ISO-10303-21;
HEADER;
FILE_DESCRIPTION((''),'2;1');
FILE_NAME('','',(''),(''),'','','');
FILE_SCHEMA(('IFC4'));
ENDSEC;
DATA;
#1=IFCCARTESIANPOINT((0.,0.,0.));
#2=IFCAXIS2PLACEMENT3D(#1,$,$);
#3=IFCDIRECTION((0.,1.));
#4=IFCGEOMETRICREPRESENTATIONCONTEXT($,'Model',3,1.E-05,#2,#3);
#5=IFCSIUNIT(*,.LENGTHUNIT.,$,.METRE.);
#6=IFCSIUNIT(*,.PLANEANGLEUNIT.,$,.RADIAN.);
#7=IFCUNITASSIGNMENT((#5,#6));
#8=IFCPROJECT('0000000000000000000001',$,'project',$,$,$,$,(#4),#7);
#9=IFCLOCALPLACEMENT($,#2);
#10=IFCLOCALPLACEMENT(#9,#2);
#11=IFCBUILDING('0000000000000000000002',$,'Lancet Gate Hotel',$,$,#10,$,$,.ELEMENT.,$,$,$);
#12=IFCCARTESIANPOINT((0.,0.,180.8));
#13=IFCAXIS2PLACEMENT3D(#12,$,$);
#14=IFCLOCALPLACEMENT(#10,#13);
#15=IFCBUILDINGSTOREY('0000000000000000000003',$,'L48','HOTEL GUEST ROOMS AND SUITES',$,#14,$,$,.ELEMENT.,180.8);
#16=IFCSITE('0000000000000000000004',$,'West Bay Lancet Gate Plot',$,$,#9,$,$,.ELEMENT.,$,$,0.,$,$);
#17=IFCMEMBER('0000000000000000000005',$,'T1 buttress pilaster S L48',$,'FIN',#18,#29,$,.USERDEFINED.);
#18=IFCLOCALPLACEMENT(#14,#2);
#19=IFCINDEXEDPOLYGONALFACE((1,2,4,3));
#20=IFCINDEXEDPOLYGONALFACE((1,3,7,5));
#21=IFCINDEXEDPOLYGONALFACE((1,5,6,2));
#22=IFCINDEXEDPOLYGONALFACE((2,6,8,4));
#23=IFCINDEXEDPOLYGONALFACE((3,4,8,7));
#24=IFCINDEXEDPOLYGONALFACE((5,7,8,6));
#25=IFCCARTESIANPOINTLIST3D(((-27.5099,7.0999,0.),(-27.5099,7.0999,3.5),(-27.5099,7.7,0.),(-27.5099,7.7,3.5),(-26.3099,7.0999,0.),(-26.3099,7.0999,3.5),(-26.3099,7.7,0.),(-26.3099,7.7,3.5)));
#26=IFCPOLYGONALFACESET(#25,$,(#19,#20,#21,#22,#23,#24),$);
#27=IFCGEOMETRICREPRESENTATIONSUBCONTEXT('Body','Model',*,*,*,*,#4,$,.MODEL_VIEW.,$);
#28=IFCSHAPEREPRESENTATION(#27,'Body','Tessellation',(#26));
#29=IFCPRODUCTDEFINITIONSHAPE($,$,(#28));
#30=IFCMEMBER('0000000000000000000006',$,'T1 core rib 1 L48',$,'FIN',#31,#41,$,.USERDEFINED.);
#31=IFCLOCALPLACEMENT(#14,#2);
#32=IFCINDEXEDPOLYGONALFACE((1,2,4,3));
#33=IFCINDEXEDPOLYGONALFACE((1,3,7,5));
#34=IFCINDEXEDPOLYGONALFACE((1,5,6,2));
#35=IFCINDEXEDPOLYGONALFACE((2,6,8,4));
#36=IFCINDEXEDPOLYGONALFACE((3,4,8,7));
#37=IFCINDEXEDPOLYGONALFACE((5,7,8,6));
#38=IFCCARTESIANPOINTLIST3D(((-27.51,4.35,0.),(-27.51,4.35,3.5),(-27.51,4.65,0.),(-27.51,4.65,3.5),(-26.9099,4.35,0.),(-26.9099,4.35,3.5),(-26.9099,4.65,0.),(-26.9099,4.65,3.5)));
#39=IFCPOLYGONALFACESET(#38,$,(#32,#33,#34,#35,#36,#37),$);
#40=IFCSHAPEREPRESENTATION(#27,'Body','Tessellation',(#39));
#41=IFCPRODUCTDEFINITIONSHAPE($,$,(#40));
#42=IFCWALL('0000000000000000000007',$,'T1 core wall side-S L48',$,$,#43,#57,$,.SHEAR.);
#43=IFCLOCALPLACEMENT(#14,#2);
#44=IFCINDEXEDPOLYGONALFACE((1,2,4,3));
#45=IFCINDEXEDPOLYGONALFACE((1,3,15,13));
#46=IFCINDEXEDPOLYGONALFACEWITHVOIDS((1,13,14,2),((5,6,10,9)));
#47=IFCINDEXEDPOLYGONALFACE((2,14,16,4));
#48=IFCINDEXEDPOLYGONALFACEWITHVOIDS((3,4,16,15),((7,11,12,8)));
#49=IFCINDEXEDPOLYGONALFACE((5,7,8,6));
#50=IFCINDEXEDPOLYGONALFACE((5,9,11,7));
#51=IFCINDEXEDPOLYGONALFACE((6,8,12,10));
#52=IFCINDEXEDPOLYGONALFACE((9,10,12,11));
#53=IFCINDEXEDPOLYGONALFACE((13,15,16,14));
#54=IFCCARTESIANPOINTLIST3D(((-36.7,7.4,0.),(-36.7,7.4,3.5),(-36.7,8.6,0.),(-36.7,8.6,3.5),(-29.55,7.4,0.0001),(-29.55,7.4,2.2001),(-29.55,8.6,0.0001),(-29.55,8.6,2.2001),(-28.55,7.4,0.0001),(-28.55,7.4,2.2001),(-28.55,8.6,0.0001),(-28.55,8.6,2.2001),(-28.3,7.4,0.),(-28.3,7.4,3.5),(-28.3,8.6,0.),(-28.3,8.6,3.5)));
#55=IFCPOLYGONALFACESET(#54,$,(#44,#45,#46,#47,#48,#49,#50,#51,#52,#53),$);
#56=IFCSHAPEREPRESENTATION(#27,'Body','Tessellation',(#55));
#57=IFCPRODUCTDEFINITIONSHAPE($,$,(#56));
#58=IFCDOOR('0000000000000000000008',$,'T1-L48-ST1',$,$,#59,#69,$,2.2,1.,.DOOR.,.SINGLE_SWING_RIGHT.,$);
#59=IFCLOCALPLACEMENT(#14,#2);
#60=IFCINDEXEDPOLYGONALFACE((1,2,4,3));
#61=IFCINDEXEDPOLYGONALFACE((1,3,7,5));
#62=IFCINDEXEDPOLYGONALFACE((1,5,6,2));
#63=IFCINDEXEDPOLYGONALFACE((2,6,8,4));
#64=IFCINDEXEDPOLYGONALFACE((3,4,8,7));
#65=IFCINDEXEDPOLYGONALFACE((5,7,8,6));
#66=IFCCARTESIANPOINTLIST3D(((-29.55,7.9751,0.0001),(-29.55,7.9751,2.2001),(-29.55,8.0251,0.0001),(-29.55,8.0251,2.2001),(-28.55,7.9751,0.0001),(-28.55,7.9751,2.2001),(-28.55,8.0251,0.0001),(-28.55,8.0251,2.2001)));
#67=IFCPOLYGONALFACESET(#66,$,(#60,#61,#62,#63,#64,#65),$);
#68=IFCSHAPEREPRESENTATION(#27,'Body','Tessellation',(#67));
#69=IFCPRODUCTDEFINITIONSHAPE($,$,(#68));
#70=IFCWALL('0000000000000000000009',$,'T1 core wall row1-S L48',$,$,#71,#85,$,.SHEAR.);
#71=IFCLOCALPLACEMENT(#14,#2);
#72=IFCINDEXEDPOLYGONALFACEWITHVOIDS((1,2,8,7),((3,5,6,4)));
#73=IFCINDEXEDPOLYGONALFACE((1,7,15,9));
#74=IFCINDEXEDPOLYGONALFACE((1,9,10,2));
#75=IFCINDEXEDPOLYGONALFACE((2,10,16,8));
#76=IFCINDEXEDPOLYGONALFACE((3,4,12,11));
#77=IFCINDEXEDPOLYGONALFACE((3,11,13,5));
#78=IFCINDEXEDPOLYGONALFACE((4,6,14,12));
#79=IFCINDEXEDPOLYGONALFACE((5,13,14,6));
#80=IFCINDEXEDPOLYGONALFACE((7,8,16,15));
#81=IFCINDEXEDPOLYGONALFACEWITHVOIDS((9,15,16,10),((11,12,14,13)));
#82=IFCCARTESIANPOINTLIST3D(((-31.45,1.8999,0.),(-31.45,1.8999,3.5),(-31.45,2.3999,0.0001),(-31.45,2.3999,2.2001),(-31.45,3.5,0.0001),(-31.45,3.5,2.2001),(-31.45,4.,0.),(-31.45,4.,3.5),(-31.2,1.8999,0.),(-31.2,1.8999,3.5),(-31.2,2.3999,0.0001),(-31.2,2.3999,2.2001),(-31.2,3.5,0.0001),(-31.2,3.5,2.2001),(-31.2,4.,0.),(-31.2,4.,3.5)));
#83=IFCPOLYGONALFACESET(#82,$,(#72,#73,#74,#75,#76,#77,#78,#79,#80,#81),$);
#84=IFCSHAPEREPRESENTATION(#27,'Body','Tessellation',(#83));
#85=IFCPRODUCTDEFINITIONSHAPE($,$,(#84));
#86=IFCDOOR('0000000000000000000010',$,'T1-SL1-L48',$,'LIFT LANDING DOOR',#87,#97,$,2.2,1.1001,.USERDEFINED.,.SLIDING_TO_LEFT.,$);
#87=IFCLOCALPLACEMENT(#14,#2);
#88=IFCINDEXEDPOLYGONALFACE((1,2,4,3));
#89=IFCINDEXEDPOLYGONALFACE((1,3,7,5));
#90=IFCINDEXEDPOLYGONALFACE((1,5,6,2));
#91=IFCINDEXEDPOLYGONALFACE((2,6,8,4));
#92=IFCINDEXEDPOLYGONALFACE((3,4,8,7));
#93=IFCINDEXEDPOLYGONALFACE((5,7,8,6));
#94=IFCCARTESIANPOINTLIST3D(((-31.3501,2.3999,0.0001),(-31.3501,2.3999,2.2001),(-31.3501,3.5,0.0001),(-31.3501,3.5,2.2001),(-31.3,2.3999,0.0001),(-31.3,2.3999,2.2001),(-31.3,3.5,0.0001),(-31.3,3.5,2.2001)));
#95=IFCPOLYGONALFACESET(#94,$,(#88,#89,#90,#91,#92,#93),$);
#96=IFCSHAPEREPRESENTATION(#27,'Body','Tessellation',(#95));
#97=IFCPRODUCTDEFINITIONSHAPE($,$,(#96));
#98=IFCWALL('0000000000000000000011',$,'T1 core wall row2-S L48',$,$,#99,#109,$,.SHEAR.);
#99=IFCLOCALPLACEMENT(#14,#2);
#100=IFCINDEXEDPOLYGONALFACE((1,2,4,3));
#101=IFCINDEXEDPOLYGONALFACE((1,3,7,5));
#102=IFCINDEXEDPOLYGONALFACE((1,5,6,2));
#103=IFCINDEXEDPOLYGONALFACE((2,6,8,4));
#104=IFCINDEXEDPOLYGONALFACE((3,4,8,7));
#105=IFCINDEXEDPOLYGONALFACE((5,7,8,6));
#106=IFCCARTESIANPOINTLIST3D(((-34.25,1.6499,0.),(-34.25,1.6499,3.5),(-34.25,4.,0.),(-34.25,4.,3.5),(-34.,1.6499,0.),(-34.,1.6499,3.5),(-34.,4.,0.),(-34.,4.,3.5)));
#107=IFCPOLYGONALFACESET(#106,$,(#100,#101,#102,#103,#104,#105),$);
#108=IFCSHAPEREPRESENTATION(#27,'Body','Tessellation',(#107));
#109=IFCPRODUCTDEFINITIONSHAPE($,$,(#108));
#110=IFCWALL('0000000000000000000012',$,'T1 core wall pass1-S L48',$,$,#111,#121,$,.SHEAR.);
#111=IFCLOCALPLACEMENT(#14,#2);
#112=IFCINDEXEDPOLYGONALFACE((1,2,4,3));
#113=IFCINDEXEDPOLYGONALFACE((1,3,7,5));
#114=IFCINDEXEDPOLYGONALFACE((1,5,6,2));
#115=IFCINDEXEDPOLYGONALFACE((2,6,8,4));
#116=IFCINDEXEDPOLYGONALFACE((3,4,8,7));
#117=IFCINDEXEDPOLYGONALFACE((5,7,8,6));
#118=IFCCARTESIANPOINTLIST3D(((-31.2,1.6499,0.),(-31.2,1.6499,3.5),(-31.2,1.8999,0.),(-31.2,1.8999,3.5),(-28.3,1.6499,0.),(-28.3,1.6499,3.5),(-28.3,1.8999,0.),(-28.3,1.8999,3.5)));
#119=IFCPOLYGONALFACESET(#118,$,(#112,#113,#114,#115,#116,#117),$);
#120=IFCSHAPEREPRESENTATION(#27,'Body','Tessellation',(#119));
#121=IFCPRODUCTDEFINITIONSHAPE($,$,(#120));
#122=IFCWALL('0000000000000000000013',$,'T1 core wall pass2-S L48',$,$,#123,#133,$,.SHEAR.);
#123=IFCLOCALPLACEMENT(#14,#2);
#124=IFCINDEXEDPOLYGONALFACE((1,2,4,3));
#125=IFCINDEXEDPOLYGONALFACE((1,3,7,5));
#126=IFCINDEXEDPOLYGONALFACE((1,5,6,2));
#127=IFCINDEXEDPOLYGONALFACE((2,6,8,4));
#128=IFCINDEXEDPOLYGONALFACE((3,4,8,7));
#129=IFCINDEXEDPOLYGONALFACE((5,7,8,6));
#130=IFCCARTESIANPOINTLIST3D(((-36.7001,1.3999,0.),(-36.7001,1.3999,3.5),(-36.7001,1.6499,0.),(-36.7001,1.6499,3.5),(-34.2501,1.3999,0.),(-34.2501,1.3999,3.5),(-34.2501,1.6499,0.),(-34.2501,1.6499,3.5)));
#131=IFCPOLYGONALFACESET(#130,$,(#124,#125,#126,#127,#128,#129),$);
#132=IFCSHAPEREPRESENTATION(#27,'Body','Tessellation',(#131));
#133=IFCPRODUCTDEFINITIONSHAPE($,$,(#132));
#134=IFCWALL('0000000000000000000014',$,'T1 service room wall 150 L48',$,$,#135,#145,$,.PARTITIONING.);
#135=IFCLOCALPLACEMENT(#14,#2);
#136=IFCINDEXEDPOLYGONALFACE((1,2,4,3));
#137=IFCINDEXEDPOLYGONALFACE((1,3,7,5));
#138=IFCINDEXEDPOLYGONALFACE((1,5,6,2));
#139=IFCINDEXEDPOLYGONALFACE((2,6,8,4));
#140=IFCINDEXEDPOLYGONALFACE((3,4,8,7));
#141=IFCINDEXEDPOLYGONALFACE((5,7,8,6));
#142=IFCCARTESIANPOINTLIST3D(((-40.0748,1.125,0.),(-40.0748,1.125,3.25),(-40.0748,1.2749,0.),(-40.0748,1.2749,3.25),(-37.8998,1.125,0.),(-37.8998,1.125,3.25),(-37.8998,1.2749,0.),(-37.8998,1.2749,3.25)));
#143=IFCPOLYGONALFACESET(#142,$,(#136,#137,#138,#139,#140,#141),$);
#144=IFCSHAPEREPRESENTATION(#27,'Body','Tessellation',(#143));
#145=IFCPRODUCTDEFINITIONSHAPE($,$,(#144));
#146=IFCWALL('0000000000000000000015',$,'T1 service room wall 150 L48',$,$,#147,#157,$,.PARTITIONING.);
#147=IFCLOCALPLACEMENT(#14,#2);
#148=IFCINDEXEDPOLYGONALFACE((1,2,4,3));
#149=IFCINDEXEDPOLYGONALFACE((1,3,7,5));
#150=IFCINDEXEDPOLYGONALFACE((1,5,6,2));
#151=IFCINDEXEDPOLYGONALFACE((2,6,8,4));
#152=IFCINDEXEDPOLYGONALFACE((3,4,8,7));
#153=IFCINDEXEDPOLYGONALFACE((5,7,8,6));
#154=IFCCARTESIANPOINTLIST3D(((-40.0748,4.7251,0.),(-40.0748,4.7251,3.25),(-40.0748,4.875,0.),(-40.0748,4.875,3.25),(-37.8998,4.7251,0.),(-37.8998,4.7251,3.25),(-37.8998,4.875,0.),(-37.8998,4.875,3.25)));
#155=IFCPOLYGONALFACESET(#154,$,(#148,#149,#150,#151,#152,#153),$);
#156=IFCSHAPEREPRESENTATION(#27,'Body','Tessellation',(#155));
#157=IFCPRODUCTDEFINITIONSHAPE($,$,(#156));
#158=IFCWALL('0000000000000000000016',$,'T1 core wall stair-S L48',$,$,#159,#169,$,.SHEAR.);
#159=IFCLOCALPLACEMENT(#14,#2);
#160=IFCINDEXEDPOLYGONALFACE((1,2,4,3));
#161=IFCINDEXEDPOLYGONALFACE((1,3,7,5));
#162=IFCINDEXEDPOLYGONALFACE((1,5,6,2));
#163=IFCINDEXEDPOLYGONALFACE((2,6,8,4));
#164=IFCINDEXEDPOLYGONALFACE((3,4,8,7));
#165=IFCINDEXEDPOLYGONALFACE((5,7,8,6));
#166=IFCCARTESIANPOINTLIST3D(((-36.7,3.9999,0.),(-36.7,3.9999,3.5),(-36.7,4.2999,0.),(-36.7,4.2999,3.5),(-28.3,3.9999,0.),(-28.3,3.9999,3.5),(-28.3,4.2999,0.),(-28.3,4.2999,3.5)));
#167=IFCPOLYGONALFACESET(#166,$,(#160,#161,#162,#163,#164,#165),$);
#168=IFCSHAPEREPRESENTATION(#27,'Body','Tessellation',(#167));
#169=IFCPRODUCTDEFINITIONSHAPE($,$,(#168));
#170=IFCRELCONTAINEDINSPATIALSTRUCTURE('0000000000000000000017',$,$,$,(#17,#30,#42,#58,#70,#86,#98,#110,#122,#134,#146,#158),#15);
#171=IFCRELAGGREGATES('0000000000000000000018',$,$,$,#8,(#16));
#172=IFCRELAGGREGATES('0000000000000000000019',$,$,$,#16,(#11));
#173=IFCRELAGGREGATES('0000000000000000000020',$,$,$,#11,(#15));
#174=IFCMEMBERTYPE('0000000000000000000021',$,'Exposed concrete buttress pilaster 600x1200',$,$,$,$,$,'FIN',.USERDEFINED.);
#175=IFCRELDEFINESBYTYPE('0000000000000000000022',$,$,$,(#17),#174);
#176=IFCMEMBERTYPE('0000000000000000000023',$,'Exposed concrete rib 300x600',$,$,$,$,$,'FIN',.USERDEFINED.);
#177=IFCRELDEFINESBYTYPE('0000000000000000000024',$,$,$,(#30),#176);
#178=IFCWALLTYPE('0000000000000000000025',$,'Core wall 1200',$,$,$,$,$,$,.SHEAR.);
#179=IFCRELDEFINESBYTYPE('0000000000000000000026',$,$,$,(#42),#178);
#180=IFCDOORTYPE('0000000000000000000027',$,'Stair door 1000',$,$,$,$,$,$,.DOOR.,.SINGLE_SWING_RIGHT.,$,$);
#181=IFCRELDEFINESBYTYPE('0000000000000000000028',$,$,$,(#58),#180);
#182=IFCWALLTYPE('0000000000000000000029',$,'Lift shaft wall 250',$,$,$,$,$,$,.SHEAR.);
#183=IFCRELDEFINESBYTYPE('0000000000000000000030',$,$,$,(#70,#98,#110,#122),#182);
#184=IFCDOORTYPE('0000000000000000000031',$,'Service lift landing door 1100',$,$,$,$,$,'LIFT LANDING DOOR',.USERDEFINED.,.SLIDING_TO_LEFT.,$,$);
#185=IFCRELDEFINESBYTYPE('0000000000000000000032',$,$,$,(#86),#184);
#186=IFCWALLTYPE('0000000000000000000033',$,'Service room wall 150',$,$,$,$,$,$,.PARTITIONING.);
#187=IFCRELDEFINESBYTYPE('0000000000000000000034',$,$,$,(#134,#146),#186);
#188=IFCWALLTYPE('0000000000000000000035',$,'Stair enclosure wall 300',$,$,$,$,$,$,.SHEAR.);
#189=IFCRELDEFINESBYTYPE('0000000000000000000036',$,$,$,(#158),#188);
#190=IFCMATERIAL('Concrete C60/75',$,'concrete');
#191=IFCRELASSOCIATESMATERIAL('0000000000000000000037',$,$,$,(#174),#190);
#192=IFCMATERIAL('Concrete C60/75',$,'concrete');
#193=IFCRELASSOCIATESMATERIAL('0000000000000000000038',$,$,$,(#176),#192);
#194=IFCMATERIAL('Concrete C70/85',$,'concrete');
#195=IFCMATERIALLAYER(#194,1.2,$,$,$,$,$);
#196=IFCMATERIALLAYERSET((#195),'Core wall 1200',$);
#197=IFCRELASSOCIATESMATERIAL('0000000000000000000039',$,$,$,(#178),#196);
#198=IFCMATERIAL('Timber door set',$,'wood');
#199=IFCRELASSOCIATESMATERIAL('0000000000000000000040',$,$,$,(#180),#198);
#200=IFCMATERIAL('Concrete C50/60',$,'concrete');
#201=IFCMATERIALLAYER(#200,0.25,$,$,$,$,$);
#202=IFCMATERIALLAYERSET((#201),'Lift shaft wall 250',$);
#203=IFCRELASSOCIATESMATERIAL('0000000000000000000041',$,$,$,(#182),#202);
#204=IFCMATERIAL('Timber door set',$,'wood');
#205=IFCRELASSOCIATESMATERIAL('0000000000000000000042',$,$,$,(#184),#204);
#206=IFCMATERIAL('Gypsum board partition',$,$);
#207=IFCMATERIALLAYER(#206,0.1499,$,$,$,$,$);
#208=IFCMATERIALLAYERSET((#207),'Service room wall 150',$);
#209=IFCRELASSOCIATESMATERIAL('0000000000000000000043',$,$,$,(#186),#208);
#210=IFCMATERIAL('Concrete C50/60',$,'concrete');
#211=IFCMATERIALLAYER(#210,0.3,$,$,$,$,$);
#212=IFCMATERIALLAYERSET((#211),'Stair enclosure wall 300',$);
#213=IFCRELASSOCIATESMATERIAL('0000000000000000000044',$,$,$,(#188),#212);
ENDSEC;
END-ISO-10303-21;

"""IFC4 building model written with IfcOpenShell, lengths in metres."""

from ifc_helpers import new_model, si_unit, direction, frame, frame_2d, origin, origin_2d, place, context, subcontext, project, spatial, rectangle, extrude, material, layer, layer_set, material_profile, profile_set, type_object, element, fill, save


model = new_model("IFC4")

# Units and contexts
model_context = context("Model", 3, precision=1e-05, world=origin(), true_north=direction((0.0, 1.0)))
body_context = subcontext(model_context, "Body", "Model", "MODEL_VIEW")
ifc_project = project(units=[si_unit("LENGTHUNIT", "METRE"), si_unit("PLANEANGLEUNIT", "RADIAN")], contexts=[model_context])

# Site, building, storey
site_placement = place(None, origin())
site = spatial("IfcSite", under=ifc_project, at=site_placement, Name="West Bay Lancet Gate Plot", CompositionType="ELEMENT", RefElevation=0.0)
building_placement = place(site_placement, origin())
building = spatial("IfcBuilding", under=site, at=building_placement, Name="Lancet Gate Hotel", CompositionType="ELEMENT")
storey_placement = place(building_placement, frame((0.0, 0.0, 180.8)))
storey = spatial("IfcBuildingStorey", under=building, at=storey_placement, Name="L48", Description="HOTEL GUEST ROOMS AND SUITES", CompositionType="ELEMENT", Elevation=180.8)

# Members
ifc_material_1 = material(Name="Concrete C60/75", Category="concrete")
ifc_material_profile_1 = material_profile(ifc_material_1, rectangle(XDim=0.6001, YDim=1.2, at=origin_2d()), Name="FIN 600x1200")
ifc_profile_set_1 = profile_set([ifc_material_profile_1], Name="Concrete C60/75")
member_type_1 = type_object("IfcMemberType", Name="Exposed concrete buttress pilaster 600x1200", ElementType="FIN", PredefinedType="USERDEFINED", material=ifc_profile_set_1)
member_1_placement = place(storey_placement, frame((-26.9099, 7.3999, 0.0), z_axis=(0.0, 0.0, 1.0), x_axis=(0.0, 1.0, 0.0)))
element("IfcMember", 1, at=member_1_placement, inside=storey, type_object=member_type_1, Name="T1 buttress pilaster S L48", ObjectType="FIN", PredefinedType="USERDEFINED", context=body_context, shape_type="SweptSolid", body=[
    extrude(rectangle(XDim=0.6001, YDim=1.2, at=origin_2d()), origin(), (0.0, 0.0, 1.0), 3.5),
])
ifc_material_2 = material(Name="Concrete C60/75", Category="concrete")
ifc_material_profile_2 = material_profile(ifc_material_2, rectangle(XDim=0.3, YDim=0.6001, at=origin_2d()), Name="FIN 300x600")
ifc_profile_set_2 = profile_set([ifc_material_profile_2], Name="Concrete C60/75")
member_type_2 = type_object("IfcMemberType", Name="Exposed concrete rib 300x600", ElementType="FIN", PredefinedType="USERDEFINED", material=ifc_profile_set_2)
member_2_placement = place(storey_placement, frame((-27.21, 4.5, 0.0), z_axis=(0.0, 0.0, 1.0), x_axis=(0.0, 1.0, 0.0)))
element("IfcMember", 2, at=member_2_placement, inside=storey, type_object=member_type_2, Name="T1 core rib 1 L48", ObjectType="FIN", PredefinedType="USERDEFINED", context=body_context, shape_type="SweptSolid", body=[
    extrude(rectangle(XDim=0.3, YDim=0.6001, at=origin_2d()), origin(), (0.0, 0.0, 1.0), 3.5),
])

# Walls, openings, doors
ifc_material_3 = material(Name="Concrete C70/85", Category="concrete")
ifc_layer_1 = layer(ifc_material_3, 1.2)
ifc_layer_set_1 = layer_set([ifc_layer_1], Name="Core wall 1200")
wall_type_1 = type_object("IfcWallType", Name="Core wall 1200", PredefinedType="SHEAR", material=ifc_layer_set_1)
wall_1_placement = place(storey_placement, frame((-28.3, 8.0, 0.0), z_axis=(0.0, 0.0, 1.0), x_axis=(-1.0, 0.0, 0.0)))
wall_1 = element("IfcWall", 3, at=wall_1_placement, inside=storey, type_object=wall_type_1, Name="T1 core wall side-S L48", PredefinedType="SHEAR", context=body_context, shape_type="SweptSolid", body=[
    extrude(rectangle(XDim=8.3999, YDim=1.2, at=frame_2d((4.2, 0.0))), origin(), (0.0, 0.0, 1.0), 3.5),
])
opening_1_placement = place(wall_1_placement, frame((0.25, 0.0, 0.0)))
opening_1 = element("IfcOpeningElement", 4, at=opening_1_placement, cuts=wall_1, PredefinedType="OPENING", context=body_context, shape_type="SweptSolid", body=[
    extrude(rectangle(XDim=1.0, YDim=2.2, at=frame_2d((0.5, 1.1001))), frame((0.0, 0.6099, 0.0), z_axis=(0.0, -1.0, 0.0), x_axis=(1.0, 0.0, 0.0)), (0.0, 0.0, 1.0), 1.22),
])
ifc_material_4 = material(Name="Timber door set", Category="wood")
door_type_1 = type_object("IfcDoorType", Name="Stair door 1000", OperationType="SINGLE_SWING_RIGHT", PredefinedType="DOOR", material=ifc_material_4)
door_1_placement = place(opening_1_placement, origin())
door_1 = element("IfcDoor", 5, at=door_1_placement, inside=storey, type_object=door_type_1, Name="T1-L48-ST1", OperationType="SINGLE_SWING_RIGHT", OverallHeight=2.2, OverallWidth=1.0, PredefinedType="DOOR", context=body_context, shape_type="SweptSolid", body=[
    extrude(rectangle(XDim=1.0, YDim=2.2, at=frame_2d((0.5, 1.1001))), frame((0.0, 0.0249, 0.0), z_axis=(0.0, -1.0, 0.0), x_axis=(1.0, 0.0, 0.0)), (0.0, 0.0, 1.0), 0.05),
])
fill(opening_1, door_1)
ifc_material_5 = material(Name="Concrete C50/60", Category="concrete")
ifc_layer_2 = layer(ifc_material_5, 0.25)
ifc_layer_set_2 = layer_set([ifc_layer_2], Name="Lift shaft wall 250")
wall_type_2 = type_object("IfcWallType", Name="Lift shaft wall 250", PredefinedType="SHEAR", material=ifc_layer_set_2)
wall_2_placement = place(storey_placement, frame((-31.325, 4.0, 0.0), z_axis=(0.0, 0.0, 1.0), x_axis=(0.0, -1.0, 0.0)))
wall_2 = element("IfcWall", 6, at=wall_2_placement, inside=storey, type_object=wall_type_2, Name="T1 core wall row1-S L48", PredefinedType="SHEAR", context=body_context, shape_type="SweptSolid", body=[
    extrude(rectangle(XDim=2.1001, YDim=0.25, at=frame_2d((1.05, 0.0))), origin(), (0.0, 0.0, 1.0), 3.5),
])
opening_2_placement = place(wall_2_placement, frame((0.5, 0.0, 0.0)))
opening_2 = element("IfcOpeningElement", 7, at=opening_2_placement, cuts=wall_2, PredefinedType="OPENING", context=body_context, shape_type="SweptSolid", body=[
    extrude(rectangle(XDim=1.1001, YDim=2.2, at=frame_2d((0.55, 1.1001))), frame((0.0, 0.135, 0.0), z_axis=(0.0, -1.0, 0.0), x_axis=(1.0, 0.0, 0.0)), (0.0, 0.0, 1.0), 0.27),
])
ifc_material_6 = material(Name="Timber door set", Category="wood")
door_type_2 = type_object("IfcDoorType", Name="Service lift landing door 1100", ElementType="LIFT LANDING DOOR", OperationType="SLIDING_TO_LEFT", PredefinedType="USERDEFINED", material=ifc_material_6)
door_2_placement = place(opening_2_placement, origin())
door_2 = element("IfcDoor", 8, at=door_2_placement, inside=storey, type_object=door_type_2, Name="T1-SL1-L48", ObjectType="LIFT LANDING DOOR", OperationType="SLIDING_TO_LEFT", OverallHeight=2.2, OverallWidth=1.1001, PredefinedType="USERDEFINED", context=body_context, shape_type="SweptSolid", body=[
    extrude(rectangle(XDim=1.1001, YDim=2.2, at=frame_2d((0.55, 1.1001))), frame((0.0, 0.0249, 0.0), z_axis=(0.0, -1.0, 0.0), x_axis=(1.0, 0.0, 0.0)), (0.0, 0.0, 1.0), 0.05),
])
fill(opening_2, door_2)

# Walls
wall_3_placement = place(storey_placement, frame((-34.125, 4.0, 0.0), z_axis=(0.0, 0.0, 1.0), x_axis=(0.0, -1.0, 0.0)))
element("IfcWall", 9, at=wall_3_placement, inside=storey, type_object=wall_type_2, Name="T1 core wall row2-S L48", PredefinedType="SHEAR", context=body_context, shape_type="SweptSolid", body=[
    extrude(rectangle(XDim=2.3501, YDim=0.25, at=frame_2d((1.175, 0.0))), origin(), (0.0, 0.0, 1.0), 3.5),
])
wall_4_placement = place(storey_placement, frame((-28.3, 1.7749, 0.0), z_axis=(0.0, 0.0, 1.0), x_axis=(-1.0, 0.0, 0.0)))
element("IfcWall", 10, at=wall_4_placement, inside=storey, type_object=wall_type_2, Name="T1 core wall pass1-S L48", PredefinedType="SHEAR", context=body_context, shape_type="SweptSolid", body=[
    extrude(rectangle(XDim=2.8999, YDim=0.25, at=frame_2d((1.45, 0.0))), origin(), (0.0, 0.0, 1.0), 3.5),
])
wall_5_placement = place(storey_placement, frame((-34.25, 1.5249, 0.0), z_axis=(0.0, 0.0, 1.0), x_axis=(-1.0, 0.0, 0.0)))
element("IfcWall", 11, at=wall_5_placement, inside=storey, type_object=wall_type_2, Name="T1 core wall pass2-S L48", PredefinedType="SHEAR", context=body_context, shape_type="SweptSolid", body=[
    extrude(rectangle(XDim=2.45, YDim=0.25, at=frame_2d((1.2251, 0.0))), origin(), (0.0, 0.0, 1.0), 3.5),
])
ifc_material_7 = material(Name="Gypsum board partition")
ifc_layer_3 = layer(ifc_material_7, 0.1499)
ifc_layer_set_3 = layer_set([ifc_layer_3], Name="Service room wall 150")
wall_type_3 = type_object("IfcWallType", Name="Service room wall 150", PredefinedType="PARTITIONING", material=ifc_layer_set_3)
for number, where, z_axis, x_axis, name in (
    (12, (-37.8999, 1.2, 0.0), (0.0, 0.0, 1.0), (-1.0, 0.0, 0.0), "T1 service room wall 150 L48"),
    (13, (-37.8999, 4.8, 0.0), (0.0, 0.0, 1.0), (-1.0, 0.0, 0.0), "T1 service room wall 150 L48"),
):
    element("IfcWall", number, at=place(storey_placement, frame(where, z_axis=z_axis, x_axis=x_axis)), inside=storey, type_object=wall_type_3, Name=name, PredefinedType="PARTITIONING", context=body_context, shape_type="SweptSolid", body=[
        extrude(rectangle(XDim=2.175, YDim=0.1499, at=frame_2d((1.0874, 0.0))), origin(), (0.0, 0.0, 1.0), 3.25),
    ])
ifc_material_8 = material(Name="Concrete C50/60", Category="concrete")
ifc_layer_4 = layer(ifc_material_8, 0.3)
ifc_layer_set_4 = layer_set([ifc_layer_4], Name="Stair enclosure wall 300")
wall_type_4 = type_object("IfcWallType", Name="Stair enclosure wall 300", PredefinedType="SHEAR", material=ifc_layer_set_4)
wall_6_placement = place(storey_placement, frame((-28.3, 4.1499, 0.0), z_axis=(0.0, 0.0, 1.0), x_axis=(-1.0, 0.0, 0.0)))
element("IfcWall", 14, at=wall_6_placement, inside=storey, type_object=wall_type_4, Name="T1 core wall stair-S L48", PredefinedType="SHEAR", context=body_context, shape_type="SweptSolid", body=[
    extrude(rectangle(XDim=8.3999, YDim=0.3, at=frame_2d((4.2, 0.0))), origin(), (0.0, 0.0, 1.0), 3.5),
])

save(model, "model.ifc")
